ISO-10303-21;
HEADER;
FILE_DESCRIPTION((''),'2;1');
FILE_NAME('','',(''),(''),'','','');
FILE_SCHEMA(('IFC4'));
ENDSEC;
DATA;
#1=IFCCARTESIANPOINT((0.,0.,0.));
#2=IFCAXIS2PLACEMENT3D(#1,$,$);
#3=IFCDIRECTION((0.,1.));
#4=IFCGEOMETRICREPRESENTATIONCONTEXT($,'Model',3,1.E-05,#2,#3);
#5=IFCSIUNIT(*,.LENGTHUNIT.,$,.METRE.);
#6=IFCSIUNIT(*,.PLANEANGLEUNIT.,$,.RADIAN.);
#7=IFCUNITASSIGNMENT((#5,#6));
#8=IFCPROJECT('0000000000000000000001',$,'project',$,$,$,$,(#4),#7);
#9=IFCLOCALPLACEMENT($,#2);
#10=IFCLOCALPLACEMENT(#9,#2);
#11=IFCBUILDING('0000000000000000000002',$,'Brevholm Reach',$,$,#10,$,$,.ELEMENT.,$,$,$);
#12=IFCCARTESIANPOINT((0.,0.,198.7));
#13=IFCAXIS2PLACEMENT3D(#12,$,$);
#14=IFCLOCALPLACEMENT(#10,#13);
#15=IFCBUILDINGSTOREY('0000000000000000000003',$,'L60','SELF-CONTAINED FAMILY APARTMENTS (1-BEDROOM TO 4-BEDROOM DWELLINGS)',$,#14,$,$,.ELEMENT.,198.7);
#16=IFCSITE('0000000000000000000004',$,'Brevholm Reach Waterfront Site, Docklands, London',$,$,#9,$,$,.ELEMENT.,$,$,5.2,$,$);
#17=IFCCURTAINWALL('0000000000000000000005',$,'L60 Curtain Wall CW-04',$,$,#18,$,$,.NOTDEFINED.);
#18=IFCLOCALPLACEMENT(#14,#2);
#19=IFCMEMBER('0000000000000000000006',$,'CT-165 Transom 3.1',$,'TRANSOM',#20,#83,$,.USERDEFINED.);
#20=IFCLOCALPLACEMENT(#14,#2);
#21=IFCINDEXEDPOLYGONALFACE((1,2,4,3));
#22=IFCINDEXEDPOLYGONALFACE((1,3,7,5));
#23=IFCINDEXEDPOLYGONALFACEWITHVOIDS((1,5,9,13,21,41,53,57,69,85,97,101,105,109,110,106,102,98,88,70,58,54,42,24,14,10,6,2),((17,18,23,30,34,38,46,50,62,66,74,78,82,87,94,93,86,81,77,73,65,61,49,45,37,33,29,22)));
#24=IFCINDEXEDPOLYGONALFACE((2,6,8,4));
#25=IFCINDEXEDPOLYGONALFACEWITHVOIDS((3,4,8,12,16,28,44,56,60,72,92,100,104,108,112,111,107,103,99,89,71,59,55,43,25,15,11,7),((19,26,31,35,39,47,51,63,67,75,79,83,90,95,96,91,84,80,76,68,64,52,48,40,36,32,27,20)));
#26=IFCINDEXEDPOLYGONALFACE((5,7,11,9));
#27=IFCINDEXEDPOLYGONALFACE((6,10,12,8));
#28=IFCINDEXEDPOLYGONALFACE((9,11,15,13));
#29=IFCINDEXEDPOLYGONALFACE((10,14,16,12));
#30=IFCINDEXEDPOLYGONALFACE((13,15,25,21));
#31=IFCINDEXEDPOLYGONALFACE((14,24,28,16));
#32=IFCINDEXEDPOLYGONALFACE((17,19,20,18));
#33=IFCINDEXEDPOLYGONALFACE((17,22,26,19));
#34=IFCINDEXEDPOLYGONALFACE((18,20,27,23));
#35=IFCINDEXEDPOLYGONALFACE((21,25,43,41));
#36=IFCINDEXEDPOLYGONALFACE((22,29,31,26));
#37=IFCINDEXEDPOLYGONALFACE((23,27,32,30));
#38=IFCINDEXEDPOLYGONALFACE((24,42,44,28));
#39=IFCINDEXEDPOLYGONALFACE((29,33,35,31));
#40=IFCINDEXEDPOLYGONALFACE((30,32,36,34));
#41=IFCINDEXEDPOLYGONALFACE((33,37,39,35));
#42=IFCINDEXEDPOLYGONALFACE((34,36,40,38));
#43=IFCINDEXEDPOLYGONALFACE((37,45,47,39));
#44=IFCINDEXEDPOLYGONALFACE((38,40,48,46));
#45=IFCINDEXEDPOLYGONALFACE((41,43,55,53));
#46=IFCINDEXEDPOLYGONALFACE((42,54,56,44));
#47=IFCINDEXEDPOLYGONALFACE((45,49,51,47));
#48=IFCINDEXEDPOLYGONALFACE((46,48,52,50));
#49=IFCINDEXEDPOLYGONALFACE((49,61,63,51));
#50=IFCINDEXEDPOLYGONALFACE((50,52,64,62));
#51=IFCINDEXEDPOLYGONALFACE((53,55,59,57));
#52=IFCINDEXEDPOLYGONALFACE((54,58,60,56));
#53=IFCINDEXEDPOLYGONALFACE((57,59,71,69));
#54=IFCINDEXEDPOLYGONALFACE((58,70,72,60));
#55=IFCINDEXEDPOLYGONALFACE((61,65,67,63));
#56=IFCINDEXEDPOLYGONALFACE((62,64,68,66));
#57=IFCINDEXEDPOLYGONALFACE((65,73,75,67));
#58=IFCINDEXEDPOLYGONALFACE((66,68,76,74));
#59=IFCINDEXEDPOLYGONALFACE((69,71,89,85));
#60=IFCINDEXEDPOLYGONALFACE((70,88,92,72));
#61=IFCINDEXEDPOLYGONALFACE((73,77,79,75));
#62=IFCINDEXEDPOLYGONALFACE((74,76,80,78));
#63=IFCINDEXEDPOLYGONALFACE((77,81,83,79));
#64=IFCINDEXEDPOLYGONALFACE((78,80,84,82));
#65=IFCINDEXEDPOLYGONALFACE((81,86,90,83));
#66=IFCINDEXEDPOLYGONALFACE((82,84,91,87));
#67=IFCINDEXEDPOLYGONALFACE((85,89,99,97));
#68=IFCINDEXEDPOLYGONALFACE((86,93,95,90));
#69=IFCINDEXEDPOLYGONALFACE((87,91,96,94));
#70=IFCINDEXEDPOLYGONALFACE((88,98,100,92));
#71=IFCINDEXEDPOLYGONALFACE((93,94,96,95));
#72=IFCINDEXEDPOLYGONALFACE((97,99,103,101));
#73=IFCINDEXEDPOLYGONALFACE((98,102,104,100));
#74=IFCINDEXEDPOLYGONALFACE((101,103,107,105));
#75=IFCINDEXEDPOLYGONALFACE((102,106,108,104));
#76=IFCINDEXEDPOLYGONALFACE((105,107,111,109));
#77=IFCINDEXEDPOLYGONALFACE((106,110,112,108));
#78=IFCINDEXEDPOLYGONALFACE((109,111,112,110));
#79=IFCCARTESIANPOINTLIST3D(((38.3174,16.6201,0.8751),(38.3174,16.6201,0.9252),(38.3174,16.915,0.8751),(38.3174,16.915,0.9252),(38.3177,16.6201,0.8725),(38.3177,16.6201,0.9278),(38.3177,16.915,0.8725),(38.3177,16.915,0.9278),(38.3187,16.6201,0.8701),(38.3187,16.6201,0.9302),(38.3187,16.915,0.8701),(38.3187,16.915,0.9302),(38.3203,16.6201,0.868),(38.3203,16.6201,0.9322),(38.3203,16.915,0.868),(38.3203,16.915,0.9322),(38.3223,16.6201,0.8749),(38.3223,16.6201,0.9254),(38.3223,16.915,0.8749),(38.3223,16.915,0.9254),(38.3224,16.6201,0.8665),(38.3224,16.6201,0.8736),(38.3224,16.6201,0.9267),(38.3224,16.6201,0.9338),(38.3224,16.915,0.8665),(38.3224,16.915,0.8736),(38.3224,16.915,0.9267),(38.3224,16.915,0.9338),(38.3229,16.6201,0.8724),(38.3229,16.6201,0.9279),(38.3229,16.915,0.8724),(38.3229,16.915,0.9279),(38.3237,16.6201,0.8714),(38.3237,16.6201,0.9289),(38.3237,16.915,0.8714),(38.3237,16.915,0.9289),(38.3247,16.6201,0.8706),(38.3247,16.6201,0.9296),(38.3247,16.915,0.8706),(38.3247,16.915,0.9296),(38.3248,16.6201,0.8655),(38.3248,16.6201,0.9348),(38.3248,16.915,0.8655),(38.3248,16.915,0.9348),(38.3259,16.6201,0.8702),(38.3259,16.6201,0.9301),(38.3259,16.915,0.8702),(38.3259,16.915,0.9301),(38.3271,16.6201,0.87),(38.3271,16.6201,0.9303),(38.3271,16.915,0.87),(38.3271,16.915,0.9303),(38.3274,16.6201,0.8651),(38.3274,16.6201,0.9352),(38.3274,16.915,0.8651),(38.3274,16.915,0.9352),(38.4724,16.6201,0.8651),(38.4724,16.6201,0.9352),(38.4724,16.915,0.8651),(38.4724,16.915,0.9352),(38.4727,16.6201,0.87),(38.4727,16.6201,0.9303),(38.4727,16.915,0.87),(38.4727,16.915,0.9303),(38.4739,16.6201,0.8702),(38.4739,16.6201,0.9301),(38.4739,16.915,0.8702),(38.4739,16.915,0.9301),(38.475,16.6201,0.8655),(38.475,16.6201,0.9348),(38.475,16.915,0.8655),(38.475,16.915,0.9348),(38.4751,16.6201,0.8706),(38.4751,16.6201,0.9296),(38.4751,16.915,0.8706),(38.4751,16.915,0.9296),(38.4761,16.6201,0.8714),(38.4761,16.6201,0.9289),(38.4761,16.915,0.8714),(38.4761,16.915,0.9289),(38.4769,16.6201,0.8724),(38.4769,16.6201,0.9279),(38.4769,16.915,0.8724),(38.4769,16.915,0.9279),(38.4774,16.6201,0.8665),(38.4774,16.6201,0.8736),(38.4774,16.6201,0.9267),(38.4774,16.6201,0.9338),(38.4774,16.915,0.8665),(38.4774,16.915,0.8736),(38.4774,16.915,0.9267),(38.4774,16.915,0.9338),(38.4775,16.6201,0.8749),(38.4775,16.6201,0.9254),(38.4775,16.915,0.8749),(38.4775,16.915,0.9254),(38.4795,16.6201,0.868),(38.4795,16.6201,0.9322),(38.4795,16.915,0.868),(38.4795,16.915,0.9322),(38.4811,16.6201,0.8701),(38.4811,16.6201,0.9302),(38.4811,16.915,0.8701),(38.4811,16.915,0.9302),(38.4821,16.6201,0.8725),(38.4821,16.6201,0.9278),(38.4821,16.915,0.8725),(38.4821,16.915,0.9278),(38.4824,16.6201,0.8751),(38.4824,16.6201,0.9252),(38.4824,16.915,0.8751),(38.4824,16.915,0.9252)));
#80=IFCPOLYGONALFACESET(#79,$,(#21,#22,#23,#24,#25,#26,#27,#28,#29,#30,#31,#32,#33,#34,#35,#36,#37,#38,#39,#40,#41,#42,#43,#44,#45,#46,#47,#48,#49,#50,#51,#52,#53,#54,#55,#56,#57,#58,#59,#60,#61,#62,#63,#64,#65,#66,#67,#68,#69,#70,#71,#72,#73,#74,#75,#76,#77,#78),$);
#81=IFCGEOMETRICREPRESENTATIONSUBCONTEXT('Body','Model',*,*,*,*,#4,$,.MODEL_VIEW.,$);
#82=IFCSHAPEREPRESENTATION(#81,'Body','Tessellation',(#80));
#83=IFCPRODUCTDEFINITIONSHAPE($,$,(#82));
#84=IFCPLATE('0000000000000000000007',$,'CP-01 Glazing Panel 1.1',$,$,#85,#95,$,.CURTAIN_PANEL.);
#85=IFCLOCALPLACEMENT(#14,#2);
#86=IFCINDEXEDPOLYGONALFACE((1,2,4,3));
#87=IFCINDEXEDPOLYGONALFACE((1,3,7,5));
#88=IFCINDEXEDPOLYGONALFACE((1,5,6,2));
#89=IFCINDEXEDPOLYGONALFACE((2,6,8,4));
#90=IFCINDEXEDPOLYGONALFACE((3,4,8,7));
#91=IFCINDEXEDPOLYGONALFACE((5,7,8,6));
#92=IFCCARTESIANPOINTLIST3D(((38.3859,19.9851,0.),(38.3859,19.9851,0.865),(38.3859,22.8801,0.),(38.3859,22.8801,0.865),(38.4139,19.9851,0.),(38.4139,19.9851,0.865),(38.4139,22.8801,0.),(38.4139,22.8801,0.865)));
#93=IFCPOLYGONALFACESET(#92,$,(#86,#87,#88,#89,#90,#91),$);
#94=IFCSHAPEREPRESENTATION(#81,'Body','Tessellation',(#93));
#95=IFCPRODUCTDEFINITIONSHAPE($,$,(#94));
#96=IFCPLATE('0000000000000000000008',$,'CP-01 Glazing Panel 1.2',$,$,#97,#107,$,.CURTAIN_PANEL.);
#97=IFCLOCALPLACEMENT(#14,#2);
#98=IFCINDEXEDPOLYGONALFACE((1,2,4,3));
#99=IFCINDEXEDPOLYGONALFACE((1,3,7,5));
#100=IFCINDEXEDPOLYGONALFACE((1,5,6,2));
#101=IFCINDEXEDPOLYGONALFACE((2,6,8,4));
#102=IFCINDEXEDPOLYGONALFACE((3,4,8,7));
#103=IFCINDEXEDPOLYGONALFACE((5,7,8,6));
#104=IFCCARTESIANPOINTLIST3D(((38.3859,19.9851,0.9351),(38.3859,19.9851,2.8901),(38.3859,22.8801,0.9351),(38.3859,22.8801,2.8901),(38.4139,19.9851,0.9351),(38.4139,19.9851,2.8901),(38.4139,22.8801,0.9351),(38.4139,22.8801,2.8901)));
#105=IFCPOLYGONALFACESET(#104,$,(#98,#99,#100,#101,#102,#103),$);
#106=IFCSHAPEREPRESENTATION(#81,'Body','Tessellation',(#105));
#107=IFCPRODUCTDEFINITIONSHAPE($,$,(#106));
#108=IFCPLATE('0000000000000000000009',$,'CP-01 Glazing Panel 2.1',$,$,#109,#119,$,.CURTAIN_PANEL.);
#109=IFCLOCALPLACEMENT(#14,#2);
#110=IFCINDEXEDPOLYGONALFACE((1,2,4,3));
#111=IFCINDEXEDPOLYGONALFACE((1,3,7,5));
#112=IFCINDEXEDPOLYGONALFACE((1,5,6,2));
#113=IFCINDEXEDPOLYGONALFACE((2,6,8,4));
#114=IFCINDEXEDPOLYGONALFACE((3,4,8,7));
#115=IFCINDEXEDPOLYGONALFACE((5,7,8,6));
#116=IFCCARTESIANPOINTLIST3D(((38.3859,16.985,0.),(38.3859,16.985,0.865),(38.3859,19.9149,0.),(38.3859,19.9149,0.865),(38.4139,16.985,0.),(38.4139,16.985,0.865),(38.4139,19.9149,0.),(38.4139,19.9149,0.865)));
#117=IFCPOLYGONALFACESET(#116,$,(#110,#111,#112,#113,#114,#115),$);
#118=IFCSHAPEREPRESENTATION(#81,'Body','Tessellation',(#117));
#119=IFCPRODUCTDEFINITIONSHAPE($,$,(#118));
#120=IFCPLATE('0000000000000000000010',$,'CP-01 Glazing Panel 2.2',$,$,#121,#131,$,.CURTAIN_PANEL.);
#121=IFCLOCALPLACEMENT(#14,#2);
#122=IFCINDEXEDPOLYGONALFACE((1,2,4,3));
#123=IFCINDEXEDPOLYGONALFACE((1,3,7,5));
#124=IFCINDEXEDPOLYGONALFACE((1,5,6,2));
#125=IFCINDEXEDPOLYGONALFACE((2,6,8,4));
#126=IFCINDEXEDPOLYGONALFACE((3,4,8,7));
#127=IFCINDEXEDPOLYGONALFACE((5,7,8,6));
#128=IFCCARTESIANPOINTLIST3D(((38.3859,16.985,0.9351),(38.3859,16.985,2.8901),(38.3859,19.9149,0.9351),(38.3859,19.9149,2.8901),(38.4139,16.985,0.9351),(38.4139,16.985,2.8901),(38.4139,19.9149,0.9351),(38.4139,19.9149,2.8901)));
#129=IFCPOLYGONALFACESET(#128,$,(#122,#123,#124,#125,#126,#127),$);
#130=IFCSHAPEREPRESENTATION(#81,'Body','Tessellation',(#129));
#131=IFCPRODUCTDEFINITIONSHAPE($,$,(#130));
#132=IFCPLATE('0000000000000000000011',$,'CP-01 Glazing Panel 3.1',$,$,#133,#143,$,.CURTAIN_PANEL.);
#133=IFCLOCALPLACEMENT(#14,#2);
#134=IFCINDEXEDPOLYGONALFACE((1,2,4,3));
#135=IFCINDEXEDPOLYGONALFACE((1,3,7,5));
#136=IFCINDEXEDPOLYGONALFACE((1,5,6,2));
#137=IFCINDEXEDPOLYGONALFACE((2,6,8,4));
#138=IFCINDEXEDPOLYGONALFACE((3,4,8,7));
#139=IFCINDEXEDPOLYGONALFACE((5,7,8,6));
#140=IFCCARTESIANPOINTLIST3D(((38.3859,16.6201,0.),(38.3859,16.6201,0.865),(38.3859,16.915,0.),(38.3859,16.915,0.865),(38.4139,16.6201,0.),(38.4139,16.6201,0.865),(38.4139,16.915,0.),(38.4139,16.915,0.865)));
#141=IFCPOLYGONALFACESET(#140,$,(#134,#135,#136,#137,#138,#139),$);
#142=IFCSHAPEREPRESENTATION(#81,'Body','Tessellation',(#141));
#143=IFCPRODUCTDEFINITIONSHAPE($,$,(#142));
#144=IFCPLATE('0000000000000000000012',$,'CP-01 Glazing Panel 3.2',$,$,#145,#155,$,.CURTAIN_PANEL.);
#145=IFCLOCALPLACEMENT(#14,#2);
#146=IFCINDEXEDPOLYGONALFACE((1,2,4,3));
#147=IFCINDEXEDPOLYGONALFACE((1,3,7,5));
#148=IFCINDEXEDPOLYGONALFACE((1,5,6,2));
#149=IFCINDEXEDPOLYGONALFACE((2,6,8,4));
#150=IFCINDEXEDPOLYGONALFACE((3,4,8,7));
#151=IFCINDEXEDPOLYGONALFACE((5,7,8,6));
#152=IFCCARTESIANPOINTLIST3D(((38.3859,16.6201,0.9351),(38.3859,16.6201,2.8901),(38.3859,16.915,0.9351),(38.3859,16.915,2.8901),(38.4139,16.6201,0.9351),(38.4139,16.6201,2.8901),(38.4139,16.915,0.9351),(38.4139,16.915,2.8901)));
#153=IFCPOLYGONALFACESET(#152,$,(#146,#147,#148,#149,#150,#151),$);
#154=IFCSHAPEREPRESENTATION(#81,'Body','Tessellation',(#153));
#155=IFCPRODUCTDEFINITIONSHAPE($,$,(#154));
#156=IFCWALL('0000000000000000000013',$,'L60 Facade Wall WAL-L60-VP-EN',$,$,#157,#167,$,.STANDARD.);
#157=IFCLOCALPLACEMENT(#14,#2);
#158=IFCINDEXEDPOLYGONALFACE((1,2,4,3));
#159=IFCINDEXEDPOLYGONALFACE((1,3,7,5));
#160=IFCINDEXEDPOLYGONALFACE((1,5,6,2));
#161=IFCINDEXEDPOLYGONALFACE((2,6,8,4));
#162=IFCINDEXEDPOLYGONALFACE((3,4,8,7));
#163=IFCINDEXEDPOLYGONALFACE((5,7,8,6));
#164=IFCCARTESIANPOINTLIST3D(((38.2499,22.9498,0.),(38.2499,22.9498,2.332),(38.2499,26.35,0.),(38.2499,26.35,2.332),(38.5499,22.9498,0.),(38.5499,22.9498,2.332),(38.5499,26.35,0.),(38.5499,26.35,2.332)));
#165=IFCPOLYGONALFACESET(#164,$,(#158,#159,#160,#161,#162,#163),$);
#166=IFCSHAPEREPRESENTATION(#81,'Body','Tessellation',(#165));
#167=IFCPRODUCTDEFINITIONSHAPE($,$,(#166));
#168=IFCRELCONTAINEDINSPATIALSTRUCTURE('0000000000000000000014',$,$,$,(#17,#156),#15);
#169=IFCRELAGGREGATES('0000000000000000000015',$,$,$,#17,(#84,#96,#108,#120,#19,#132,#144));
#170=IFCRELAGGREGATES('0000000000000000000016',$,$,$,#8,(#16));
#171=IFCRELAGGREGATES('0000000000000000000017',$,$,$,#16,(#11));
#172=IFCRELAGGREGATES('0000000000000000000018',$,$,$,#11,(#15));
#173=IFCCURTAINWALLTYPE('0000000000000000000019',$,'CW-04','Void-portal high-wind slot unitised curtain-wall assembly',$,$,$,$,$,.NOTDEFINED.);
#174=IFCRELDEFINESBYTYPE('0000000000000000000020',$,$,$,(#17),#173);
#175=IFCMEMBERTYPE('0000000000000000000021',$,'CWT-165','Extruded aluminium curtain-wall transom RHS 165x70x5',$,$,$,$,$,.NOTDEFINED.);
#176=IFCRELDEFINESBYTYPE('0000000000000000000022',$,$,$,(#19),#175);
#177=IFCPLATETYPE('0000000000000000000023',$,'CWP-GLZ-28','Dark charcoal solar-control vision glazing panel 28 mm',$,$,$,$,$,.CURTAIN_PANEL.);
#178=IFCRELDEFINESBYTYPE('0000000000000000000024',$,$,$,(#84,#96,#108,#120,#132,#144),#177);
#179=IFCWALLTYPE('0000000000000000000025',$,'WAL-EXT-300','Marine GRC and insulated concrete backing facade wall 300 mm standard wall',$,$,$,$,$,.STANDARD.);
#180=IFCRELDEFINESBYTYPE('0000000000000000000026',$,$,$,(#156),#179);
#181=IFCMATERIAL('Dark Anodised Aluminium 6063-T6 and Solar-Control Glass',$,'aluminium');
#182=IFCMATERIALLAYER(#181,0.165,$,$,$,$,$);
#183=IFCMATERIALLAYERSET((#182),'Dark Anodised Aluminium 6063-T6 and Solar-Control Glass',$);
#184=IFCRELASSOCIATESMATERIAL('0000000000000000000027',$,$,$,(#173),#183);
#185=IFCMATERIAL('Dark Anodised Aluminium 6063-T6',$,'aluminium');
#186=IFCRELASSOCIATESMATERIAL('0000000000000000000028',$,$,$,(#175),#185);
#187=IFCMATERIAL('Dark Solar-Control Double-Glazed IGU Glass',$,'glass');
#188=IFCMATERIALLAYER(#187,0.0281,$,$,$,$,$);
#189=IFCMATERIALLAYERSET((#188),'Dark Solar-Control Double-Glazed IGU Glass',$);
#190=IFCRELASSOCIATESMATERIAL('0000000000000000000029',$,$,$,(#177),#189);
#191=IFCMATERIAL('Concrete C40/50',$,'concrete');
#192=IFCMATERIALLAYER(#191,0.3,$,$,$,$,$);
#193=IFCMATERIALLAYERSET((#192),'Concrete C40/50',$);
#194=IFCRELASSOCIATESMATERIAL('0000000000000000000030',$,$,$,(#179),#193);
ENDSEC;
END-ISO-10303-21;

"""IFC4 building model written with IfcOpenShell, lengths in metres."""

from ifc_helpers import new_model, si_unit, direction, frame, frame_2d, origin, origin_2d, place, context, subcontext, project, spatial, rectangle, hollow_rectangle, extrude, material, layer, layer_set, material_profile, profile_set, type_object, element, aggregate, save


model = new_model("IFC4")

# Units and contexts
model_context = context("Model", 3, precision=1e-05, world=origin(), true_north=direction((0.0, 1.0)))
body_context = subcontext(model_context, "Body", "Model", "MODEL_VIEW")
ifc_project = project(units=[si_unit("LENGTHUNIT", "METRE"), si_unit("PLANEANGLEUNIT", "RADIAN")], contexts=[model_context])

# Site, building, storey
site_placement = place(None, origin())
site = spatial("IfcSite", under=ifc_project, at=site_placement, Name="Brevholm Reach Waterfront Site, Docklands, London", CompositionType="ELEMENT", RefElevation=5.2)
building_placement = place(site_placement, origin())
building = spatial("IfcBuilding", under=site, at=building_placement, Name="Brevholm Reach", CompositionType="ELEMENT")
storey_placement = place(building_placement, frame((0.0, 0.0, 198.7)))
storey = spatial("IfcBuildingStorey", under=building, at=storey_placement, Name="L60", Description="SELF-CONTAINED FAMILY APARTMENTS (1-BEDROOM TO 4-BEDROOM DWELLINGS)", CompositionType="ELEMENT", Elevation=198.7)

# Curtain wall, member, plates
ifc_material_1 = material(Name="Dark Anodised Aluminium 6063-T6 and Solar-Control Glass", Category="aluminium")
ifc_layer_1 = layer(ifc_material_1, 0.165)
ifc_layer_set_1 = layer_set([ifc_layer_1], Name="Dark Anodised Aluminium 6063-T6 and Solar-Control Glass")
curtain_wall_type = type_object("IfcCurtainWallType", Name="CW-04", Description="Void-portal high-wind slot unitised curtain-wall assembly", PredefinedType="NOTDEFINED", material=ifc_layer_set_1)
curtain_wall_placement = place(storey_placement, origin())
curtain_wall = element("IfcCurtainWall", 1, at=curtain_wall_placement, inside=storey, type_object=curtain_wall_type, Name="L60 Curtain Wall CW-04", PredefinedType="NOTDEFINED")
ifc_material_2 = material(Name="Dark Anodised Aluminium 6063-T6", Category="aluminium")
ifc_material_profile_1 = material_profile(ifc_material_2, hollow_rectangle(XDim=0.0701, YDim=0.165, WallThickness=0.0049, InnerFilletRadius=0.0049, OuterFilletRadius=0.01, at=origin_2d()), Name="RHS 165x70x5")
ifc_profile_set_1 = profile_set([ifc_material_profile_1], Name="Dark Anodised Aluminium 6063-T6")
member_type_1 = type_object("IfcMemberType", Name="CWT-165", Description="Extruded aluminium curtain-wall transom RHS 165x70x5", PredefinedType="NOTDEFINED", material=ifc_profile_set_1)
member_1_placement = place(storey_placement, frame((38.3999, 16.915, 0.9001), z_axis=(0.0, -1.0, 0.0), x_axis=(0.0, 0.0, 1.0)))
member_1 = element("IfcMember", 2, at=member_1_placement, type_object=member_type_1, Name="CT-165 Transom 3.1", ObjectType="TRANSOM", PredefinedType="USERDEFINED", context=body_context, shape_type="SweptSolid", body=[
    extrude(hollow_rectangle(XDim=0.0701, YDim=0.165, WallThickness=0.0049, InnerFilletRadius=0.0049, OuterFilletRadius=0.01, at=origin_2d()), origin(), (0.0, 0.0, 1.0), 0.2949),
])
ifc_material_3 = material(Name="Dark Solar-Control Double-Glazed IGU Glass", Category="glass")
ifc_layer_2 = layer(ifc_material_3, 0.0281)
ifc_layer_set_2 = layer_set([ifc_layer_2], Name="Dark Solar-Control Double-Glazed IGU Glass")
plate_type = type_object("IfcPlateType", Name="CWP-GLZ-28", Description="Dark charcoal solar-control vision glazing panel 28 mm", PredefinedType="CURTAIN_PANEL", material=ifc_layer_set_2)
plate_1_placement = place(storey_placement, frame((38.3999, 21.4326, 0.0), z_axis=(0.0, 0.0, 1.0), x_axis=(0.0, -1.0, 0.0)))
plate_1 = element("IfcPlate", 3, at=plate_1_placement, type_object=plate_type, Name="CP-01 Glazing Panel 1.1", PredefinedType="CURTAIN_PANEL", context=body_context, shape_type="SweptSolid", body=[
    extrude(rectangle(XDim=2.895, YDim=0.0281, at=origin_2d()), origin(), (0.0, 0.0, 1.0), 0.865),
])
plate_2_placement = place(storey_placement, frame((38.3999, 21.4326, 0.9351), z_axis=(0.0, 0.0, 1.0), x_axis=(0.0, -1.0, 0.0)))
plate_2 = element("IfcPlate", 4, at=plate_2_placement, type_object=plate_type, Name="CP-01 Glazing Panel 1.2", PredefinedType="CURTAIN_PANEL", context=body_context, shape_type="SweptSolid", body=[
    extrude(rectangle(XDim=2.895, YDim=0.0281, at=origin_2d()), origin(), (0.0, 0.0, 1.0), 1.9551),
])
plate_3_placement = place(storey_placement, frame((38.3999, 18.45, 0.0), z_axis=(0.0, 0.0, 1.0), x_axis=(0.0, -1.0, 0.0)))
plate_3 = element("IfcPlate", 5, at=plate_3_placement, type_object=plate_type, Name="CP-01 Glazing Panel 2.1", PredefinedType="CURTAIN_PANEL", context=body_context, shape_type="SweptSolid", body=[
    extrude(rectangle(XDim=2.9299, YDim=0.0281, at=origin_2d()), origin(), (0.0, 0.0, 1.0), 0.865),
])
plate_4_placement = place(storey_placement, frame((38.3999, 18.45, 0.9351), z_axis=(0.0, 0.0, 1.0), x_axis=(0.0, -1.0, 0.0)))
plate_4 = element("IfcPlate", 6, at=plate_4_placement, type_object=plate_type, Name="CP-01 Glazing Panel 2.2", PredefinedType="CURTAIN_PANEL", context=body_context, shape_type="SweptSolid", body=[
    extrude(rectangle(XDim=2.9299, YDim=0.0281, at=origin_2d()), origin(), (0.0, 0.0, 1.0), 1.9551),
])
plate_5_placement = place(storey_placement, frame((38.3999, 16.7676, 0.0), z_axis=(0.0, 0.0, 1.0), x_axis=(0.0, -1.0, 0.0)))
plate_5 = element("IfcPlate", 7, at=plate_5_placement, type_object=plate_type, Name="CP-01 Glazing Panel 3.1", PredefinedType="CURTAIN_PANEL", context=body_context, shape_type="SweptSolid", body=[
    extrude(rectangle(XDim=0.2949, YDim=0.0281, at=origin_2d()), origin(), (0.0, 0.0, 1.0), 0.865),
])
plate_6_placement = place(storey_placement, frame((38.3999, 16.7676, 0.9351), z_axis=(0.0, 0.0, 1.0), x_axis=(0.0, -1.0, 0.0)))
plate_6 = element("IfcPlate", 8, at=plate_6_placement, type_object=plate_type, Name="CP-01 Glazing Panel 3.2", PredefinedType="CURTAIN_PANEL", context=body_context, shape_type="SweptSolid", body=[
    extrude(rectangle(XDim=0.2949, YDim=0.0281, at=origin_2d()), origin(), (0.0, 0.0, 1.0), 1.9551),
])
aggregate(curtain_wall, [plate_1, plate_2, plate_3, plate_4, member_1, plate_5, plate_6])

# Wall
ifc_material_4 = material(Name="Concrete C40/50", Category="concrete")
ifc_layer_3 = layer(ifc_material_4, 0.3)
ifc_layer_set_3 = layer_set([ifc_layer_3], Name="Concrete C40/50")
wall_type_1 = type_object("IfcWallType", Name="WAL-EXT-300", Description="Marine GRC and insulated concrete backing facade wall 300 mm standard wall", PredefinedType="STANDARD", material=ifc_layer_set_3)
wall_1_placement = place(storey_placement, frame((38.3999, 26.3501, 0.0), z_axis=(0.0, 0.0, 1.0), x_axis=(0.0, -1.0, 0.0)))
element("IfcWall", 9, at=wall_1_placement, inside=storey, type_object=wall_type_1, Name="L60 Facade Wall WAL-L60-VP-EN", PredefinedType="STANDARD", context=body_context, shape_type="SweptSolid", body=[
    extrude(rectangle(XDim=3.4001, YDim=0.3, at=frame_2d((1.7002, 0.0))), origin(), (0.0, 0.0, 1.0), 2.332),
])

save(model, "model.ifc")
